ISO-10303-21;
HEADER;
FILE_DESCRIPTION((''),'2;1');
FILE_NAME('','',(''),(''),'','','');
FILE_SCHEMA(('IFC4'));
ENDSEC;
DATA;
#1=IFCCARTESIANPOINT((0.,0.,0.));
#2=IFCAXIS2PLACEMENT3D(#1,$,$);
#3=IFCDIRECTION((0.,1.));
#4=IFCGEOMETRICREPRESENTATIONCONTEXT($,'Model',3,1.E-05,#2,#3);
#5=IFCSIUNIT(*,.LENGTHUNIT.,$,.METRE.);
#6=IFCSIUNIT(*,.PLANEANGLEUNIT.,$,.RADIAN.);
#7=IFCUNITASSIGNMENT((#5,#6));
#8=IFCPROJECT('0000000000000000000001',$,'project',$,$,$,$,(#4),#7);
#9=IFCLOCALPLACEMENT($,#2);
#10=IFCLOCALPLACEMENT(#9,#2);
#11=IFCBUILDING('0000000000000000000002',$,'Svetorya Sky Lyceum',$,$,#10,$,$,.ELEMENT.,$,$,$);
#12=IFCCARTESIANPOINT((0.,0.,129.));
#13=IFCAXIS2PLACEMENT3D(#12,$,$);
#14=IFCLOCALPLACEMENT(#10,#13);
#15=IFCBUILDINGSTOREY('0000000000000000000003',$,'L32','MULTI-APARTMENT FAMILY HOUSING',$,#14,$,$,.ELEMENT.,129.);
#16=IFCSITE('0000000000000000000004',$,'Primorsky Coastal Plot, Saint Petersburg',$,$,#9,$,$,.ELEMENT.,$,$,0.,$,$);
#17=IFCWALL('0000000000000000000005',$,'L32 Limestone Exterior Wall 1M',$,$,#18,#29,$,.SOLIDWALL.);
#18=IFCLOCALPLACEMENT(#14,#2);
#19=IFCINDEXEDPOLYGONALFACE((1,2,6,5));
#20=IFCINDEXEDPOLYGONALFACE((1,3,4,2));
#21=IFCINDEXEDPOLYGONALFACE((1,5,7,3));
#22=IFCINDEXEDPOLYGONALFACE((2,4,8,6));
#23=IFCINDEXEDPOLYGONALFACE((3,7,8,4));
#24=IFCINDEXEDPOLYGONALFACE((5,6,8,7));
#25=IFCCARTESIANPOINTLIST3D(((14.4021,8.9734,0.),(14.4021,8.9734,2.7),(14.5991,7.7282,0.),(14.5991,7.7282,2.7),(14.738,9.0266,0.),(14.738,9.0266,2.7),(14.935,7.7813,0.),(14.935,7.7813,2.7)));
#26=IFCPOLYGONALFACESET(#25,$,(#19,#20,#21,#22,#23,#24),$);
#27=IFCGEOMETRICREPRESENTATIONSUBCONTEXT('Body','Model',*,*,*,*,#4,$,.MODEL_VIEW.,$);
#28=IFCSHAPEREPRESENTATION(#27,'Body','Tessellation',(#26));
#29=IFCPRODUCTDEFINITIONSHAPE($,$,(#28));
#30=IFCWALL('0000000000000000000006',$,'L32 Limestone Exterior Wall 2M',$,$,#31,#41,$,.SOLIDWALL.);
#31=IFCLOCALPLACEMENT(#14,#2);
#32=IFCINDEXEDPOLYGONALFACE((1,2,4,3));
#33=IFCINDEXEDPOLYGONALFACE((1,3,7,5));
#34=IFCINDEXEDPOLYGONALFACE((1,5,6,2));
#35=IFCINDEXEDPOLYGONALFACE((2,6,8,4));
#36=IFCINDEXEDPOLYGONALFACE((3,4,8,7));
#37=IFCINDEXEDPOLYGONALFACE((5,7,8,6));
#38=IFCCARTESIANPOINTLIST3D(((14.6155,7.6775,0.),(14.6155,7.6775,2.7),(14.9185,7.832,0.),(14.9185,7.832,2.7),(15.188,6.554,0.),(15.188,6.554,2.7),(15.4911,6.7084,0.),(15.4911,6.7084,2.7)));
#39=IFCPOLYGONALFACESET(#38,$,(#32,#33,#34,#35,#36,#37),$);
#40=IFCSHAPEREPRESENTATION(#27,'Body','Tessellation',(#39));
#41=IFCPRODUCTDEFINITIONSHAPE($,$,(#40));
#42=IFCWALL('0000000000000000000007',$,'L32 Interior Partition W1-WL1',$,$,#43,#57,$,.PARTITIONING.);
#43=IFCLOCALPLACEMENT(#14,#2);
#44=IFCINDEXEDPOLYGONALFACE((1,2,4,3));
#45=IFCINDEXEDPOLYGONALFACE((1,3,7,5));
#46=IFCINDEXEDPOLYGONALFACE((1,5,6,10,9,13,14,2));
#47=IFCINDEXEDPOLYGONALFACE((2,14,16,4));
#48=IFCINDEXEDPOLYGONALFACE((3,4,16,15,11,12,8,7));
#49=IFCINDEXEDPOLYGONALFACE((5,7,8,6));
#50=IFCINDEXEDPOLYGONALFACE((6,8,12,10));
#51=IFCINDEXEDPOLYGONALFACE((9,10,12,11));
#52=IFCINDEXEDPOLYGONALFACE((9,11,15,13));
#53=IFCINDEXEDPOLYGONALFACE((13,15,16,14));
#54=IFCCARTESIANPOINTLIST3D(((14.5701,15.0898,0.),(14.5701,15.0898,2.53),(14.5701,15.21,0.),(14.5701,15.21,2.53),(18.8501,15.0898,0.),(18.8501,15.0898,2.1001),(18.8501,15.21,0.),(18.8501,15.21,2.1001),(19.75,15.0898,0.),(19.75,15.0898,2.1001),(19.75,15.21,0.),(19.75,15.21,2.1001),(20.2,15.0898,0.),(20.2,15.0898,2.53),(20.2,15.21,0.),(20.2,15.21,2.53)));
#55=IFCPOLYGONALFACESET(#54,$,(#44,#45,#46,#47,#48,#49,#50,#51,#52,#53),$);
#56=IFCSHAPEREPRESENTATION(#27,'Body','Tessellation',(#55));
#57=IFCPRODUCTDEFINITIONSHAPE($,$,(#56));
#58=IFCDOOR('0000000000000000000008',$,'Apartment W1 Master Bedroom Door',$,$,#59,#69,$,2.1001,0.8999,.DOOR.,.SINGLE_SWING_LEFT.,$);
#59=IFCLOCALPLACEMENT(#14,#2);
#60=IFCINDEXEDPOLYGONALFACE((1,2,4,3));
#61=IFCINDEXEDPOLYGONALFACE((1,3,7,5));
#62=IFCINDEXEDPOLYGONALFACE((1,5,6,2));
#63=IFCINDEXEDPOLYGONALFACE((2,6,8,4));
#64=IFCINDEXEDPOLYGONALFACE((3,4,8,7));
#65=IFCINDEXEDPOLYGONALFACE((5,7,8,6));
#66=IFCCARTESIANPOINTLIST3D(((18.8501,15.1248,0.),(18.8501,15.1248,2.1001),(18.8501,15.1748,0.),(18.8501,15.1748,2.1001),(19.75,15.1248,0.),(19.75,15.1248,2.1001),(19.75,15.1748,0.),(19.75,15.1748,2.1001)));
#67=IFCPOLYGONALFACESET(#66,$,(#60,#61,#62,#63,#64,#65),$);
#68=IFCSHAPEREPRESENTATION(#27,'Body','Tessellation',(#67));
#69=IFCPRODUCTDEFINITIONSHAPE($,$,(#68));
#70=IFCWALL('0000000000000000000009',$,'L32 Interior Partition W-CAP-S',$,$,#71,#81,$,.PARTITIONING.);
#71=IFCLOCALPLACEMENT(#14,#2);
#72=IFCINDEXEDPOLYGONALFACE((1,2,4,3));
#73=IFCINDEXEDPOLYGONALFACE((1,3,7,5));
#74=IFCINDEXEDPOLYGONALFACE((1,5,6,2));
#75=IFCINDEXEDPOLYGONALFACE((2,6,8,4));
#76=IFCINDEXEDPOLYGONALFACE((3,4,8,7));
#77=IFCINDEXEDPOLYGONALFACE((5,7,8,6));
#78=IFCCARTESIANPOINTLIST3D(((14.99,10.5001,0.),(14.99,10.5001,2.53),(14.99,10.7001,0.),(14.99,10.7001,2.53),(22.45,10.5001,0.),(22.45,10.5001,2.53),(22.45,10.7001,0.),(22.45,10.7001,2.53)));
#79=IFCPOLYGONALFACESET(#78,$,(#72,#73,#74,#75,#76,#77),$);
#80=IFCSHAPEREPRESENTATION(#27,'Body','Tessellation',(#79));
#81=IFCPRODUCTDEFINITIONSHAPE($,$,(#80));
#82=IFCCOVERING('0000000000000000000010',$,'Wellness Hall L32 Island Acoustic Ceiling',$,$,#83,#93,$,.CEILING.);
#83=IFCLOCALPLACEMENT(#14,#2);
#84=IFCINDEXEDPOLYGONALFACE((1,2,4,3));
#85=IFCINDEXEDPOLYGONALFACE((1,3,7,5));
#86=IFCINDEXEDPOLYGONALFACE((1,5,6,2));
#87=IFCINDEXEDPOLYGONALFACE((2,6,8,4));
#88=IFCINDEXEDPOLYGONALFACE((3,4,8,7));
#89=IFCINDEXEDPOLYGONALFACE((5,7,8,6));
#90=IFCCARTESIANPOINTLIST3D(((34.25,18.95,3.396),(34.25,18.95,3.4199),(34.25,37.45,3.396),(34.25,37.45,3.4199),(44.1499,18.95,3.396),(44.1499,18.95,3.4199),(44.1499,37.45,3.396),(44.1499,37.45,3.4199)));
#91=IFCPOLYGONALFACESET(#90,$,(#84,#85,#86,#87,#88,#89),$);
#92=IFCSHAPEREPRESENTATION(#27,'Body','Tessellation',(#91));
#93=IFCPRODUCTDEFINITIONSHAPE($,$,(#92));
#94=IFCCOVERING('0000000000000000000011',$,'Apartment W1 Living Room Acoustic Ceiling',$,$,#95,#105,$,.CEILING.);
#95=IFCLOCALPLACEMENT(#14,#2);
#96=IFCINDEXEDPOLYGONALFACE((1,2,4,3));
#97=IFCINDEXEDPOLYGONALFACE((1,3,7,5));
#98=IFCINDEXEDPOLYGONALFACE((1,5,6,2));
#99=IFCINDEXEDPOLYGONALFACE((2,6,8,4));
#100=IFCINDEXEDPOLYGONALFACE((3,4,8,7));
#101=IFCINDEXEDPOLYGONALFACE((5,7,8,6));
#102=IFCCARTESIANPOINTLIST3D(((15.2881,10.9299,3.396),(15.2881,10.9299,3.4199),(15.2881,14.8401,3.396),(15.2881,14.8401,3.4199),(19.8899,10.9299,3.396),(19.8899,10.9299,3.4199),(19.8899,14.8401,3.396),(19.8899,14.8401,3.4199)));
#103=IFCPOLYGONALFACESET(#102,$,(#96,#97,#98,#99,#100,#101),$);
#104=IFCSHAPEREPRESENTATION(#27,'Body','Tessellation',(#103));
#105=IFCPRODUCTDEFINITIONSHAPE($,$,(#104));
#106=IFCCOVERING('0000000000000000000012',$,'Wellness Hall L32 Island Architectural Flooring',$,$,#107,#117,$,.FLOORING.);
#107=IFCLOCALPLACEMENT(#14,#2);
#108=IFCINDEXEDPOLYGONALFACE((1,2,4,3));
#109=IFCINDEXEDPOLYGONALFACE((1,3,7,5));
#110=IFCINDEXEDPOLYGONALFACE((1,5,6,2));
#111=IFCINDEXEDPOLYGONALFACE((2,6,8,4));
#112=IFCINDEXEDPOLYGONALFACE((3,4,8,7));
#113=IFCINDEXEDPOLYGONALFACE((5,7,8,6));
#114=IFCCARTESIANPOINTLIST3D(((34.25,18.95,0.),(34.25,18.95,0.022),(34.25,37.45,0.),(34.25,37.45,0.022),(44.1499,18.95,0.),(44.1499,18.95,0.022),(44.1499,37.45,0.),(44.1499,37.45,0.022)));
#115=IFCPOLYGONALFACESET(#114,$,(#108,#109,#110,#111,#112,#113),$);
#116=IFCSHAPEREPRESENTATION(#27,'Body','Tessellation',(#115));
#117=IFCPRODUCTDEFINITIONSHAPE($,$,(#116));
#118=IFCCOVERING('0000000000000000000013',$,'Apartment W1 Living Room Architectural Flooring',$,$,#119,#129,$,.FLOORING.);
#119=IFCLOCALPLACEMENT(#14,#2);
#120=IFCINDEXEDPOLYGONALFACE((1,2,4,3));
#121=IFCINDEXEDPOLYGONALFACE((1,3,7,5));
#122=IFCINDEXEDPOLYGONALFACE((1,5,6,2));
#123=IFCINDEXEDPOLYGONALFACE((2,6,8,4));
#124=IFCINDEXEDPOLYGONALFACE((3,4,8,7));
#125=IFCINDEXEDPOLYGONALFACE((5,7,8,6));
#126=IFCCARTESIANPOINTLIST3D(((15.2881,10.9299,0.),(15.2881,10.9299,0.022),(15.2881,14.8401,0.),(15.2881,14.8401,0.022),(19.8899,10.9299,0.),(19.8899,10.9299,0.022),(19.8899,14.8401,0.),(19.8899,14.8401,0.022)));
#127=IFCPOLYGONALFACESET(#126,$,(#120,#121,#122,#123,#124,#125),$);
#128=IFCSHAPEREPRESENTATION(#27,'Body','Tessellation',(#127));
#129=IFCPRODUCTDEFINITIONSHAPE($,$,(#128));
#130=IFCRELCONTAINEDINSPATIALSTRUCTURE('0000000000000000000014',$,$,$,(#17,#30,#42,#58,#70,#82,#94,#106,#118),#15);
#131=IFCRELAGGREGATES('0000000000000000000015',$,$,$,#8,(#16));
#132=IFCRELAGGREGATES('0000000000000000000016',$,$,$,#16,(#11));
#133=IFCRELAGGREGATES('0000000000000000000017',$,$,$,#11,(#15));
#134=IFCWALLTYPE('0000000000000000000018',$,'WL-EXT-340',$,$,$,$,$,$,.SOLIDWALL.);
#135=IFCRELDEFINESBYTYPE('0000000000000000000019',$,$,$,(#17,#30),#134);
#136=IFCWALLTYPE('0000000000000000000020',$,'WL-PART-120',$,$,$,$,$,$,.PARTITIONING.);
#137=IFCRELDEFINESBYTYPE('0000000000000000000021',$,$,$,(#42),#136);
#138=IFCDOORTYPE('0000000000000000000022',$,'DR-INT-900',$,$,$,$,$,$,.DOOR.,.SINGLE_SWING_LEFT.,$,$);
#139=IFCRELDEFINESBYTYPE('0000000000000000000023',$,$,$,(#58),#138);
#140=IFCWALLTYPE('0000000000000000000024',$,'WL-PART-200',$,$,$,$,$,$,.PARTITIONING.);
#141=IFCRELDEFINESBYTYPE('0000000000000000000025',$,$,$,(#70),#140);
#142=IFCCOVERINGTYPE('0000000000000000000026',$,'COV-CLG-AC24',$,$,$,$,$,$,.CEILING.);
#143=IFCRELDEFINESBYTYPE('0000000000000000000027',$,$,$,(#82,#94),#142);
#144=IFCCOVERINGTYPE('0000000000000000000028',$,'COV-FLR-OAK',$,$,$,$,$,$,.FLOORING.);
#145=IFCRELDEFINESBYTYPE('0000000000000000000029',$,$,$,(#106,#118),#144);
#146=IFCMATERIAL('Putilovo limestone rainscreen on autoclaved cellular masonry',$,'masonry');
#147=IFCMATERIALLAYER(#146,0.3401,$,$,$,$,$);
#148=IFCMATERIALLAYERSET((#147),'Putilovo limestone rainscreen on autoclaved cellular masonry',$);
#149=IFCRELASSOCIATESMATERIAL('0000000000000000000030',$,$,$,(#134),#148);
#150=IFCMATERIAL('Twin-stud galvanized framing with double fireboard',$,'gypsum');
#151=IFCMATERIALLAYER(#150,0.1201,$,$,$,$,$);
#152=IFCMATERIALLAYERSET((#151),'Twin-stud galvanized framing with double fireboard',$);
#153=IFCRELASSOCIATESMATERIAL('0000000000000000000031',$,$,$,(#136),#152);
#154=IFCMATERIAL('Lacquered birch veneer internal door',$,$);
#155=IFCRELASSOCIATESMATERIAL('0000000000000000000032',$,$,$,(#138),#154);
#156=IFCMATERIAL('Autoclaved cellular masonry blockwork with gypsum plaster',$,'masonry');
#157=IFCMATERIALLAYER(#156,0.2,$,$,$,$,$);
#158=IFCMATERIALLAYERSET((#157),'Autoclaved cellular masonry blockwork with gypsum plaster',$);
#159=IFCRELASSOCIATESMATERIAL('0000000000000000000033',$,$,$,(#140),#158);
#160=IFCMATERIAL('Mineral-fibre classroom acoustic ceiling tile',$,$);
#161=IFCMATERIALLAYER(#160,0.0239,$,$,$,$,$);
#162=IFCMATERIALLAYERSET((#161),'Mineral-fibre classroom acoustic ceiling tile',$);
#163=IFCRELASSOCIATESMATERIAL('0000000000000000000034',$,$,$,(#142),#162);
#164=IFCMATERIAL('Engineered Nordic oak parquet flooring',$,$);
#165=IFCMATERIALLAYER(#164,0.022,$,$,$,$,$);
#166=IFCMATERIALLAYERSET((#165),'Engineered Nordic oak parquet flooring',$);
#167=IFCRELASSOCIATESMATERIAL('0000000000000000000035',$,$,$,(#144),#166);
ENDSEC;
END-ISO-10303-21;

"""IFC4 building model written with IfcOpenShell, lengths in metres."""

from ifc_helpers import new_model, si_unit, direction, frame, frame_2d, origin, place, context, subcontext, project, spatial, polyline, rectangle, outline, extrude, material, layer, layer_set, type_object, element, fill, save


model = new_model("IFC4")

# Units and contexts
model_context = context("Model", 3, precision=1e-05, world=origin(), true_north=direction((0.0, 1.0)))
body_context = subcontext(model_context, "Body", "Model", "MODEL_VIEW")
ifc_project = project(units=[si_unit("LENGTHUNIT", "METRE"), si_unit("PLANEANGLEUNIT", "RADIAN")], contexts=[model_context])

# Site, building, storey
site_placement = place(None, origin())
site = spatial("IfcSite", under=ifc_project, at=site_placement, Name="Primorsky Coastal Plot, Saint Petersburg", CompositionType="ELEMENT", RefElevation=0.0)
building_placement = place(site_placement, origin())
building = spatial("IfcBuilding", under=site, at=building_placement, Name="Svetorya Sky Lyceum", CompositionType="ELEMENT")
storey_placement = place(building_placement, frame((0.0, 0.0, 129.0)))
storey = spatial("IfcBuildingStorey", under=building, at=storey_placement, Name="L32", Description="MULTI-APARTMENT FAMILY HOUSING", CompositionType="ELEMENT", Elevation=129.0)

# Walls
ifc_material_1 = material(Name="Putilovo limestone rainscreen on autoclaved cellular masonry", Category="masonry")
ifc_layer_1 = layer(ifc_material_1, 0.3401)
ifc_layer_set_1 = layer_set([ifc_layer_1], Name="Putilovo limestone rainscreen on autoclaved cellular masonry")
wall_type_1 = type_object("IfcWallType", Name="WL-EXT-340", PredefinedType="SOLIDWALL", material=ifc_layer_set_1)
wall_1_placement = place(storey_placement, frame((14.5701, 9.0, 0.0), z_axis=(0.0, 0.0, 1.0), x_axis=(0.156261, -0.987716, 0.0)))
element("IfcWall", 1, at=wall_1_placement, inside=storey, type_object=wall_type_1, Name="L32 Limestone Exterior Wall 1M", PredefinedType="SOLIDWALL", context=body_context, shape_type="SweptSolid", body=[
    extrude(rectangle(XDim=1.2607, YDim=0.3401, at=frame_2d((0.6304, 0.0))), origin(), (0.0, 0.0, 1.0), 2.7),
])
wall_2_placement = place(storey_placement, frame((14.7671, 7.7546, 0.0), z_axis=(0.0, 0.0, 1.0), x_axis=(0.454016, -0.890994, 0.0)))
element("IfcWall", 2, at=wall_2_placement, inside=storey, type_object=wall_type_1, Name="L32 Limestone Exterior Wall 2M", PredefinedType="SOLIDWALL", context=body_context, shape_type="SweptSolid", body=[
    extrude(rectangle(XDim=1.261, YDim=0.3401, at=frame_2d((0.6304, 0.0))), origin(), (0.0, 0.0, 1.0), 2.7),
])

# Wall, opening, door
ifc_material_2 = material(Name="Twin-stud galvanized framing with double fireboard", Category="gypsum")
ifc_layer_2 = layer(ifc_material_2, 0.1201)
ifc_layer_set_2 = layer_set([ifc_layer_2], Name="Twin-stud galvanized framing with double fireboard")
wall_type_2 = type_object("IfcWallType", Name="WL-PART-120", PredefinedType="PARTITIONING", material=ifc_layer_set_2)
wall_3_placement = place(storey_placement, frame((14.5701, 15.1499, 0.0), z_axis=(0.0, 0.0, 1.0), x_axis=(1.0, 0.0, 0.0)))
wall_3 = element("IfcWall", 3, at=wall_3_placement, inside=storey, type_object=wall_type_2, Name="L32 Interior Partition W1-WL1", PredefinedType="PARTITIONING", context=body_context, shape_type="SweptSolid", body=[
    extrude(rectangle(XDim=5.6299, YDim=0.1201, at=frame_2d((2.8149, 0.0))), origin(), (0.0, 0.0, 1.0), 2.53),
])
opening_placement = place(wall_3_placement, frame((4.28, 0.0, 0.0)))
opening = element("IfcOpeningElement", 4, at=opening_placement, cuts=wall_3, PredefinedType="OPENING", context=body_context, shape_type="SweptSolid", body=[
    extrude(rectangle(XDim=0.8999, YDim=2.1001, at=frame_2d((0.45, 1.05))), frame((0.0, 0.0701, 0.0), z_axis=(0.0, -1.0, 0.0), x_axis=(1.0, 0.0, 0.0)), (0.0, 0.0, 1.0), 0.1401),
])
ifc_material_3 = material(Name="Lacquered birch veneer internal door")
door_type = type_object("IfcDoorType", Name="DR-INT-900", OperationType="SINGLE_SWING_LEFT", PredefinedType="DOOR", material=ifc_material_3)
door_placement = place(opening_placement, origin())
door = element("IfcDoor", 5, at=door_placement, inside=storey, type_object=door_type, Name="Apartment W1 Master Bedroom Door", OperationType="SINGLE_SWING_LEFT", OverallHeight=2.1001, OverallWidth=0.8999, PredefinedType="DOOR", context=body_context, shape_type="SweptSolid", body=[
    extrude(rectangle(XDim=0.8999, YDim=2.1001, at=frame_2d((0.45, 1.05))), frame((0.0, 0.0249, 0.0), z_axis=(0.0, -1.0, 0.0), x_axis=(1.0, 0.0, 0.0)), (0.0, 0.0, 1.0), 0.05),
])
fill(opening, door)

# Wall
ifc_material_4 = material(Name="Autoclaved cellular masonry blockwork with gypsum plaster", Category="masonry")
ifc_layer_3 = layer(ifc_material_4, 0.2)
ifc_layer_set_3 = layer_set([ifc_layer_3], Name="Autoclaved cellular masonry blockwork with gypsum plaster")
wall_type_3 = type_object("IfcWallType", Name="WL-PART-200", PredefinedType="PARTITIONING", material=ifc_layer_set_3)
wall_4_placement = place(storey_placement, frame((14.99, 10.6001, 0.0), z_axis=(0.0, 0.0, 1.0), x_axis=(1.0, 0.0, 0.0)))
element("IfcWall", 6, at=wall_4_placement, inside=storey, type_object=wall_type_3, Name="L32 Interior Partition W-CAP-S", PredefinedType="PARTITIONING", context=body_context, shape_type="SweptSolid", body=[
    extrude(rectangle(XDim=7.46, YDim=0.2, at=frame_2d((3.73, 0.0))), origin(), (0.0, 0.0, 1.0), 2.53),
])

# Coverings
ifc_material_5 = material(Name="Mineral-fibre classroom acoustic ceiling tile")
ifc_layer_4 = layer(ifc_material_5, 0.0239)
ifc_layer_set_4 = layer_set([ifc_layer_4], Name="Mineral-fibre classroom acoustic ceiling tile")
covering_type_1 = type_object("IfcCoveringType", Name="COV-CLG-AC24", PredefinedType="CEILING", material=ifc_layer_set_4)
covering_1_placement = place(storey_placement, frame((0.0, 0.0, 3.396)))
element("IfcCovering", 7, at=covering_1_placement, inside=storey, type_object=covering_type_1, Name="Wellness Hall L32 Island Acoustic Ceiling", PredefinedType="CEILING", context=body_context, shape_type="SweptSolid", body=[
    extrude(outline(polyline([(34.25, 18.95), (44.1499, 18.95), (44.1499, 37.45), (34.25, 37.45), (34.25, 18.95)])), origin(), (0.0, 0.0, 1.0), 0.0239),
])
covering_2_placement = place(storey_placement, frame((0.0, 0.0, 3.396)))
element("IfcCovering", 8, at=covering_2_placement, inside=storey, type_object=covering_type_1, Name="Apartment W1 Living Room Acoustic Ceiling", PredefinedType="CEILING", context=body_context, shape_type="SweptSolid", body=[
    extrude(outline(polyline([(15.2881, 10.9299), (19.8899, 10.9299), (19.8899, 14.8401), (15.2881, 14.8401), (15.2881, 10.9299)])), origin(), (0.0, 0.0, 1.0), 0.0239),
])
ifc_material_6 = material(Name="Engineered Nordic oak parquet flooring")
ifc_layer_5 = layer(ifc_material_6, 0.022)
ifc_layer_set_5 = layer_set([ifc_layer_5], Name="Engineered Nordic oak parquet flooring")
covering_type_2 = type_object("IfcCoveringType", Name="COV-FLR-OAK", PredefinedType="FLOORING", material=ifc_layer_set_5)
covering_3_placement = place(storey_placement, origin())
element("IfcCovering", 9, at=covering_3_placement, inside=storey, type_object=covering_type_2, Name="Wellness Hall L32 Island Architectural Flooring", PredefinedType="FLOORING", context=body_context, shape_type="SweptSolid", body=[
    extrude(outline(polyline([(34.25, 18.95), (44.1499, 18.95), (44.1499, 37.45), (34.25, 37.45), (34.25, 18.95)])), origin(), (0.0, 0.0, 1.0), 0.022),
])
covering_4_placement = place(storey_placement, origin())
element("IfcCovering", 10, at=covering_4_placement, inside=storey, type_object=covering_type_2, Name="Apartment W1 Living Room Architectural Flooring", PredefinedType="FLOORING", context=body_context, shape_type="SweptSolid", body=[
    extrude(outline(polyline([(15.2881, 10.9299), (19.8899, 10.9299), (19.8899, 14.8401), (15.2881, 14.8401), (15.2881, 10.9299)])), origin(), (0.0, 0.0, 1.0), 0.022),
])

save(model, "model.ifc")
